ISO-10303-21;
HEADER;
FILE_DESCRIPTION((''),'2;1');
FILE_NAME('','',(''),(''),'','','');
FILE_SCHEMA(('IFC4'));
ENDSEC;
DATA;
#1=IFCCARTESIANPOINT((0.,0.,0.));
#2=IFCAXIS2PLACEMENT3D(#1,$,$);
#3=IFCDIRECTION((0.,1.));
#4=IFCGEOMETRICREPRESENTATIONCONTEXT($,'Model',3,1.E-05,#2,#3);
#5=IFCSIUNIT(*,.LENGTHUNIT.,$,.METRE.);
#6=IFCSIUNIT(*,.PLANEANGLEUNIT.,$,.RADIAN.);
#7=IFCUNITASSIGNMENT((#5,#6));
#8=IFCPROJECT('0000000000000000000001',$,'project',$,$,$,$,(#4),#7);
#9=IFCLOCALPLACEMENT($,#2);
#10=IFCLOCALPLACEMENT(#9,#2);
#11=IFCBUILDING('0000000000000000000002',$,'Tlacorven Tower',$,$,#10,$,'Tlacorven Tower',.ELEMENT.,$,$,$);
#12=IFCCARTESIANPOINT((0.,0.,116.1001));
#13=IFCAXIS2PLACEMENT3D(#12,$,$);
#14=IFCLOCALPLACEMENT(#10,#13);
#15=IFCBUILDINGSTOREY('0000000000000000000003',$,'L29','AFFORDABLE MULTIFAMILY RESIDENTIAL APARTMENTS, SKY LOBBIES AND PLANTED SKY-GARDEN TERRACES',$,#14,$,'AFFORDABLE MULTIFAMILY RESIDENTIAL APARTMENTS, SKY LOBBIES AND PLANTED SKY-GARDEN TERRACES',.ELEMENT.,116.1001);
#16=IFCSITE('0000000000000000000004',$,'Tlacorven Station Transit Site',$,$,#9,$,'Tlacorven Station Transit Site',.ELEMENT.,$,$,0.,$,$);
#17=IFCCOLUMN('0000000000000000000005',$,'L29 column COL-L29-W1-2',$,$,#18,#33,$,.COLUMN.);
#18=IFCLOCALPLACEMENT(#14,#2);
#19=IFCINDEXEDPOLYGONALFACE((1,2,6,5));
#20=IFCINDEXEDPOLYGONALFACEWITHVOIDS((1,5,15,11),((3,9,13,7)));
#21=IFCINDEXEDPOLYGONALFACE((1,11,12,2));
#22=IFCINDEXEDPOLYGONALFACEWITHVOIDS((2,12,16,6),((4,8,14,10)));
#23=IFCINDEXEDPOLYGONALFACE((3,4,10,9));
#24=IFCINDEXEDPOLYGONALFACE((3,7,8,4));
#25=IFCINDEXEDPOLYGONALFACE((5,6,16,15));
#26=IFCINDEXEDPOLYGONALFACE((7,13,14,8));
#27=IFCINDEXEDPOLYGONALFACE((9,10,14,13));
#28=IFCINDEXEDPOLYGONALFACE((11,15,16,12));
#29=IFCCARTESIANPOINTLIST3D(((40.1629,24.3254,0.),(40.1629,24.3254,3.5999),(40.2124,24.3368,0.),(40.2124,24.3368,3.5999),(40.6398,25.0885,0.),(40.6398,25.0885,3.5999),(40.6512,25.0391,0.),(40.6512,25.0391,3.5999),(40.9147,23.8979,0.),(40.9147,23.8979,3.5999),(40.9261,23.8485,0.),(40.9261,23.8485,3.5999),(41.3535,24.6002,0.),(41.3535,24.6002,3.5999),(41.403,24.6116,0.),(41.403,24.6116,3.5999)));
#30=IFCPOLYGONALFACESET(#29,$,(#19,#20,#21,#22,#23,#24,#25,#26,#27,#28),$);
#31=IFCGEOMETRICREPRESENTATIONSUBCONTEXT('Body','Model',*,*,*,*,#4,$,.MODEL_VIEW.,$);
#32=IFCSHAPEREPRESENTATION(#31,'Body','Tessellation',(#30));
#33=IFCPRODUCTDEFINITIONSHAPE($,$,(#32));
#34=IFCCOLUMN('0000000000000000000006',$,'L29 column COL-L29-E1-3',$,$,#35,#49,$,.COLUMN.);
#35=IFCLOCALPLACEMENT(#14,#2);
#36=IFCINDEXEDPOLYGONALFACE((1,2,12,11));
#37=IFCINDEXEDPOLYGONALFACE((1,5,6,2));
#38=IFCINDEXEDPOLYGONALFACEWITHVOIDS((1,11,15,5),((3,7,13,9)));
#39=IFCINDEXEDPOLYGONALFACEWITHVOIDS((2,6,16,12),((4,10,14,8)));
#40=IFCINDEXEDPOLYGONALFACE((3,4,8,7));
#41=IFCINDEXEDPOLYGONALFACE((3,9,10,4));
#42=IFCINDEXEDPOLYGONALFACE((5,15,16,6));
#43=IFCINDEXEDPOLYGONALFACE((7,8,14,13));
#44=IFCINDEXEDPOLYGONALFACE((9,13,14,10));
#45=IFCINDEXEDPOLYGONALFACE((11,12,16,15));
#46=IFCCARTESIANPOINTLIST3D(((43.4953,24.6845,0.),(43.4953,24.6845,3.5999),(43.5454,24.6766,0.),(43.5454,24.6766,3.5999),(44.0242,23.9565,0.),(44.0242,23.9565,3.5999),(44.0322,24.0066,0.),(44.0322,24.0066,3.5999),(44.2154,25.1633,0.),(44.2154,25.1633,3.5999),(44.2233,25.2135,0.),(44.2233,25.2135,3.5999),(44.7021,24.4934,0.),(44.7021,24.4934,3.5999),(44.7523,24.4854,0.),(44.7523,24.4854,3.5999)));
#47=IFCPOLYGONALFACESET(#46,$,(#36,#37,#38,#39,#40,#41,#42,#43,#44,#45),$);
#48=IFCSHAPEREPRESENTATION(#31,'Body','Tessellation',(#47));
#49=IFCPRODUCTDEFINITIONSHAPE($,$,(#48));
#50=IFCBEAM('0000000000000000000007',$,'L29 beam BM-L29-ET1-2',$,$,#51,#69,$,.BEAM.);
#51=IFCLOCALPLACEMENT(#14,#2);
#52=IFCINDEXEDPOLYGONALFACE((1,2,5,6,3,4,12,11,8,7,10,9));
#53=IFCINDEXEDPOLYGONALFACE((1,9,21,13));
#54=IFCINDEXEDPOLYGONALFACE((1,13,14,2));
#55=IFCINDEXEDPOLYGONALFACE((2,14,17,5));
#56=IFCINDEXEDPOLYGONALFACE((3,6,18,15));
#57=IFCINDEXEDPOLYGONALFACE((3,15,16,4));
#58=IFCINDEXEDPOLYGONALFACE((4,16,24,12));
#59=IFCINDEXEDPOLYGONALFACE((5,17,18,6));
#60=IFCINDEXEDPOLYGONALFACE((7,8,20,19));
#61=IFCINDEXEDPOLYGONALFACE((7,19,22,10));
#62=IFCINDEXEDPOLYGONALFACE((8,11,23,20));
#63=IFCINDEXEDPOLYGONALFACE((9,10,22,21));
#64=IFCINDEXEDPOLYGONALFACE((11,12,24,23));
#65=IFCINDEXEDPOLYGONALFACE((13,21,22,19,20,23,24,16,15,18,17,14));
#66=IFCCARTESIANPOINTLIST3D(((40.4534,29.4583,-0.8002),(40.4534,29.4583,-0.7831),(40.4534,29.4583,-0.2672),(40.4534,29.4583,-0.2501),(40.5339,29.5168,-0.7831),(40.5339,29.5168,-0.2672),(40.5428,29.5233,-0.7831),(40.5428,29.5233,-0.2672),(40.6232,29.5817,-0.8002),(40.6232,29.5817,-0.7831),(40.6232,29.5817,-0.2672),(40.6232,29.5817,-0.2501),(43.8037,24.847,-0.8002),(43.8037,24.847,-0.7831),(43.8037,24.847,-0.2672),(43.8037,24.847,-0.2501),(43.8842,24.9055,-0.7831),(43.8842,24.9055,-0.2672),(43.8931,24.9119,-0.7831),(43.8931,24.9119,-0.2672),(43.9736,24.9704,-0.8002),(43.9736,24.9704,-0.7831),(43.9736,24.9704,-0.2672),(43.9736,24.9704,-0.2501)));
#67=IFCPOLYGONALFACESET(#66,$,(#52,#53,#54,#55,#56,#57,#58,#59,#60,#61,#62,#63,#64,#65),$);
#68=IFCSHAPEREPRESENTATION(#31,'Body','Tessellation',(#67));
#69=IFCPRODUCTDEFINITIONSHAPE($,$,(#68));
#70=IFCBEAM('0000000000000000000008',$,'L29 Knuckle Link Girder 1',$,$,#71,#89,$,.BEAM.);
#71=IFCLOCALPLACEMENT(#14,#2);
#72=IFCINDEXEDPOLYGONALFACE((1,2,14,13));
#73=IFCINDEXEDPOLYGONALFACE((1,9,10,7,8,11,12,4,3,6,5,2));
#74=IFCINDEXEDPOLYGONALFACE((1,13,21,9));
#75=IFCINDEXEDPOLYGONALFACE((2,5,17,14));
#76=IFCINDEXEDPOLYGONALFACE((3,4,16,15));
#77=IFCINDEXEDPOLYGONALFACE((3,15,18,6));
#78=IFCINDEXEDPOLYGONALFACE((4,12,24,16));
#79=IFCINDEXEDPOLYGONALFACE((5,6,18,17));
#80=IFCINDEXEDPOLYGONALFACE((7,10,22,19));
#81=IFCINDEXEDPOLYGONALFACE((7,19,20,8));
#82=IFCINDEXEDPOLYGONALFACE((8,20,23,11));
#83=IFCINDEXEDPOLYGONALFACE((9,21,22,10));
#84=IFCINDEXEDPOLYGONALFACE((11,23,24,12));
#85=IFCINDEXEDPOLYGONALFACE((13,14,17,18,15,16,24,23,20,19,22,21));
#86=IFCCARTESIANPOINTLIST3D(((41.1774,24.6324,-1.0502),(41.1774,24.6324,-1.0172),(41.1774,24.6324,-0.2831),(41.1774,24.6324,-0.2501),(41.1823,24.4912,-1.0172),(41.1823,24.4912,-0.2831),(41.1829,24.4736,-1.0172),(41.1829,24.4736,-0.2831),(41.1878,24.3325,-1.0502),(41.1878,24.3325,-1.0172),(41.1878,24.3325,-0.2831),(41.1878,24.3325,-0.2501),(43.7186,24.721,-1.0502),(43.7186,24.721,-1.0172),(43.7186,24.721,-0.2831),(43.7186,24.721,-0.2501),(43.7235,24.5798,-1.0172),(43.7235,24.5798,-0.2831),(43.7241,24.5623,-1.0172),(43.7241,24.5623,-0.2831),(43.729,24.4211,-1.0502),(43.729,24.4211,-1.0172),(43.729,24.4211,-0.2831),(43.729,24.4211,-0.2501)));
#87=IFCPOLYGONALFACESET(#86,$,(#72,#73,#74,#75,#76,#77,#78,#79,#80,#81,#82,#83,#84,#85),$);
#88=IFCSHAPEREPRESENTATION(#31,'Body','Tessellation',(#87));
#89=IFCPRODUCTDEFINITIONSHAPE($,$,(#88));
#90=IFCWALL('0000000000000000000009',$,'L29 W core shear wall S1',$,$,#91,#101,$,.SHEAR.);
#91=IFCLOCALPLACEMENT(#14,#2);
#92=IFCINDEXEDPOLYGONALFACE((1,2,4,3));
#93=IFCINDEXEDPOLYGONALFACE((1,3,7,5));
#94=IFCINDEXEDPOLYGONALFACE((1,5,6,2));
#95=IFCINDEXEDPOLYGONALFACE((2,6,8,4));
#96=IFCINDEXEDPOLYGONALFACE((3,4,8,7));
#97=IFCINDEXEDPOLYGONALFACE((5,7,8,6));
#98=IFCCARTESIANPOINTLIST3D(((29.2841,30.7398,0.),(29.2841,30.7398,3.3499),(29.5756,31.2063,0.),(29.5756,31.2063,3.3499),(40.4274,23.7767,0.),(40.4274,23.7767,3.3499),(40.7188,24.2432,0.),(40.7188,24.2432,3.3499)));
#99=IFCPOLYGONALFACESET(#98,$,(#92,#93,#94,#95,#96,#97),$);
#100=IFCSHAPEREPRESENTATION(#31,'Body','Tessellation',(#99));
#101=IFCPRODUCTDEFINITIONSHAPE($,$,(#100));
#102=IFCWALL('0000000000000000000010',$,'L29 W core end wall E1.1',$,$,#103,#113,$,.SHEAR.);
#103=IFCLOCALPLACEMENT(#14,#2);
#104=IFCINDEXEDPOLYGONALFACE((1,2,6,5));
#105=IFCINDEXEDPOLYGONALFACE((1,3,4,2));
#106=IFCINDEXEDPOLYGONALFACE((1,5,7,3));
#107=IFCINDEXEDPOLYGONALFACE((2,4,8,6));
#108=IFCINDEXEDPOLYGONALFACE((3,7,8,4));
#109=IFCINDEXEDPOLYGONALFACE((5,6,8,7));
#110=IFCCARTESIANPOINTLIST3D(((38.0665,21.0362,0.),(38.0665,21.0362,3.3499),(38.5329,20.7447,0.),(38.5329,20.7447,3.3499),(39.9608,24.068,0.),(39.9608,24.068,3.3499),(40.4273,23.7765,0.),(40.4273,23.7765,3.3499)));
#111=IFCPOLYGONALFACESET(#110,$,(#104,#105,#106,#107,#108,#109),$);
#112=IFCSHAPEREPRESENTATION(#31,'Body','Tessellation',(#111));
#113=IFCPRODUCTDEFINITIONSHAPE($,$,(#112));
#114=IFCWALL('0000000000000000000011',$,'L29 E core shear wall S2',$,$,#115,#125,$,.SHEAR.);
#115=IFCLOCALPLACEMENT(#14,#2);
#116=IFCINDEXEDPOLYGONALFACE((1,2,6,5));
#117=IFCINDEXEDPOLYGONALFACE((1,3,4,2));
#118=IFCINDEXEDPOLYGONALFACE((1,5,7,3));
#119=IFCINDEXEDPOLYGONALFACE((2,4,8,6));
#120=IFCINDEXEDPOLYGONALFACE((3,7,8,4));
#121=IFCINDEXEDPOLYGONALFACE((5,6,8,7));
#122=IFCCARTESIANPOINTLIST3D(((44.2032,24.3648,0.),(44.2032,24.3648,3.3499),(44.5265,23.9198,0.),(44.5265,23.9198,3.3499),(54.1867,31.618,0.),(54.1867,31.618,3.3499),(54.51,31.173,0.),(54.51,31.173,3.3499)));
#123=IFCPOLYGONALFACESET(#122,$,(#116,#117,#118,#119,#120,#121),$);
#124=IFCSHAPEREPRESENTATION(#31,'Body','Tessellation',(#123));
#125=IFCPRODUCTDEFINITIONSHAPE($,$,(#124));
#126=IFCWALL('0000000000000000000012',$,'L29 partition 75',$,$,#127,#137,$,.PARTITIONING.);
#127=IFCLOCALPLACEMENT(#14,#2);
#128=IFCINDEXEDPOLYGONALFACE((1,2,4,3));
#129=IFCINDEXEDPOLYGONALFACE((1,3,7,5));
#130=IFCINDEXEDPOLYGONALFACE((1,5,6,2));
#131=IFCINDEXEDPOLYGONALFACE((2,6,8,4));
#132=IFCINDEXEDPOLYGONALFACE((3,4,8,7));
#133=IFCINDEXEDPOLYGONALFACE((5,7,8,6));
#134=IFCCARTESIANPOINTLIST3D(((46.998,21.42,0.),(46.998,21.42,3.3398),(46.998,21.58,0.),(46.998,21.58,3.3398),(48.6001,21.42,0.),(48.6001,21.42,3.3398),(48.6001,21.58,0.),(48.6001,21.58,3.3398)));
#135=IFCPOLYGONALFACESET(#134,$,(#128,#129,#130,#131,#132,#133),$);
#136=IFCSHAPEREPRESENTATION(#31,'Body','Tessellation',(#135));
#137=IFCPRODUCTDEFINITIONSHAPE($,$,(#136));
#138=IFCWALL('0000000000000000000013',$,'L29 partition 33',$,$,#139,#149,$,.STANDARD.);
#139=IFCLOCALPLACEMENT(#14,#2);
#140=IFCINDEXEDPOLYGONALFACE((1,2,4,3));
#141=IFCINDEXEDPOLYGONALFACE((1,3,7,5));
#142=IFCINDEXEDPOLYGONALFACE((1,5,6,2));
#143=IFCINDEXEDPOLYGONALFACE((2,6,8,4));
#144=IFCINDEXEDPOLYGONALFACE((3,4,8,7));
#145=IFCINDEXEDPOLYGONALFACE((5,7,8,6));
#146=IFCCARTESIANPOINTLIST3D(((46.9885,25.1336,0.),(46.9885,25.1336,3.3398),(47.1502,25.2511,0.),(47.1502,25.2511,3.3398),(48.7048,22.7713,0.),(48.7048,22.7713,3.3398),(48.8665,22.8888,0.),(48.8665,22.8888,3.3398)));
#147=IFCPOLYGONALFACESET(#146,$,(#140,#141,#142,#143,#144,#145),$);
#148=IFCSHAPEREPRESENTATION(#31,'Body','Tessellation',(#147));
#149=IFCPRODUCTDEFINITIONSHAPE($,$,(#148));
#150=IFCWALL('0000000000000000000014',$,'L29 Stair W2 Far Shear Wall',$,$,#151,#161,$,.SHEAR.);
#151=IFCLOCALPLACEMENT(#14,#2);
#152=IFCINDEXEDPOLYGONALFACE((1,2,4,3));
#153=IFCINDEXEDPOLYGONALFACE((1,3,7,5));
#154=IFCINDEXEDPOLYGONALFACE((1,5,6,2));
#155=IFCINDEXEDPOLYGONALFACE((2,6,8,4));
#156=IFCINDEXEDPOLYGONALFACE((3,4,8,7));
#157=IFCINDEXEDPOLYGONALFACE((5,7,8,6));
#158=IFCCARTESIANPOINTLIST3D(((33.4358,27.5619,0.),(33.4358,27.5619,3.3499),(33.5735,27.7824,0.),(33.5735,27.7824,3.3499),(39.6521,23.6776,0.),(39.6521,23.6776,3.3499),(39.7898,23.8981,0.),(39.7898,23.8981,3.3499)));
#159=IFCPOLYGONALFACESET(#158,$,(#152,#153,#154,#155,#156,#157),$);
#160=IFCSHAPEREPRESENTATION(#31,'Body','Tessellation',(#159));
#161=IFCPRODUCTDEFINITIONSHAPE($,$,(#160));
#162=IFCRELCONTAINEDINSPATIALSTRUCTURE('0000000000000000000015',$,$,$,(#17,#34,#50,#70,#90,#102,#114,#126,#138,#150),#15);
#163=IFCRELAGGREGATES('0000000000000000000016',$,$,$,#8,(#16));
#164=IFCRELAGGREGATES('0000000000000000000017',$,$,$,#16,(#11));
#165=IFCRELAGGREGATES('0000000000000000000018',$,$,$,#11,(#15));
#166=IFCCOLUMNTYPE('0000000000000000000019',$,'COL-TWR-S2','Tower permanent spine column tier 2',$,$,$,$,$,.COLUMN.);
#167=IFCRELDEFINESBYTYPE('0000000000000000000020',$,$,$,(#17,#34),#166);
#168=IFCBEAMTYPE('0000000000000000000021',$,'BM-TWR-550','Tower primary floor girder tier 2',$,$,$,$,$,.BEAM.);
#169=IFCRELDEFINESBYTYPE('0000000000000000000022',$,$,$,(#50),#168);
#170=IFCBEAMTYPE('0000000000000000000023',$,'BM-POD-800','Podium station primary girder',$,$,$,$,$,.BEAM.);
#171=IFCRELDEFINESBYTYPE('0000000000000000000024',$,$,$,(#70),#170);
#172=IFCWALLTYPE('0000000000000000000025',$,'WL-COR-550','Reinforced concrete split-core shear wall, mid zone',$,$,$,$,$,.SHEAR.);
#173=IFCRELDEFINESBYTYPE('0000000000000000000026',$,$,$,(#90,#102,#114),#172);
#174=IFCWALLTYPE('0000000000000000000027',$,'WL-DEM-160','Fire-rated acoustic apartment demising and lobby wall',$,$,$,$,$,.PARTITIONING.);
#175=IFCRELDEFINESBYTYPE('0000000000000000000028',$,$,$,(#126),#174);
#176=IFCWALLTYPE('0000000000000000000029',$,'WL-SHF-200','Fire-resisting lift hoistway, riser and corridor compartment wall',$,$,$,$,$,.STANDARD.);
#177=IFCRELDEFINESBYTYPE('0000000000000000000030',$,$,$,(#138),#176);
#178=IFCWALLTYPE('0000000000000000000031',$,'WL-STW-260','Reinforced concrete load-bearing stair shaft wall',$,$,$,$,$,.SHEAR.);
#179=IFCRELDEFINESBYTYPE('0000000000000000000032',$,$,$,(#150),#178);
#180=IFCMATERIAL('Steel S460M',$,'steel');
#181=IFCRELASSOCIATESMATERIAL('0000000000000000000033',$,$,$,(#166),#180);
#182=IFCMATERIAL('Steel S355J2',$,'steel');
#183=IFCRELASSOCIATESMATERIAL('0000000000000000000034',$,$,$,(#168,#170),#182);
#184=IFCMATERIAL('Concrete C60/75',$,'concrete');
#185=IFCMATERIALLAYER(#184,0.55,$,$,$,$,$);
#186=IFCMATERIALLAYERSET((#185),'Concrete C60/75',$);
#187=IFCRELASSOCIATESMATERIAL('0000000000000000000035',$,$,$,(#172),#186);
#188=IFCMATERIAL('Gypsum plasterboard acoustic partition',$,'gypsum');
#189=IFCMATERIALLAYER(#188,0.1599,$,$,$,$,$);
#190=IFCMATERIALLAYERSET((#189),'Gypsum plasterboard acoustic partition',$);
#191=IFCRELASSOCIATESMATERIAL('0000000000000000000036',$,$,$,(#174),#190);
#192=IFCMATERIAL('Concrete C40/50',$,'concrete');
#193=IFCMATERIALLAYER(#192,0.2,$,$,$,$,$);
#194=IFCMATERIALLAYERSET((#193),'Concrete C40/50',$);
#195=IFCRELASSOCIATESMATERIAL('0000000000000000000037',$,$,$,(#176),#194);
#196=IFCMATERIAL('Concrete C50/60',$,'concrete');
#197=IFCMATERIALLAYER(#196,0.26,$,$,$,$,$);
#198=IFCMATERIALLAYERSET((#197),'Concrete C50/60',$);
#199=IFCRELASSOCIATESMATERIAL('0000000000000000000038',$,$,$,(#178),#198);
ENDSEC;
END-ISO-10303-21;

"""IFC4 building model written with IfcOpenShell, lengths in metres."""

from ifc_helpers import new_model, si_unit, direction, frame, frame_2d, origin, origin_2d, place, context, subcontext, project, spatial, rectangle, hollow_rectangle, i_section, extrude, source, transform, mapped, material, layer, layer_set, material_profile, profile_set, type_object, element, save


model = new_model("IFC4")

# Units and contexts
model_context = context("Model", 3, precision=1e-05, world=origin(), true_north=direction((0.0, 1.0)))
body_context = subcontext(model_context, "Body", "Model", "MODEL_VIEW")
ifc_project = project(units=[si_unit("LENGTHUNIT", "METRE"), si_unit("PLANEANGLEUNIT", "RADIAN")], contexts=[model_context])

# Site, building, storey
site_placement = place(None, origin())
site = spatial("IfcSite", under=ifc_project, at=site_placement, Name="Tlacorven Station Transit Site", LongName="Tlacorven Station Transit Site", CompositionType="ELEMENT", RefElevation=0.0)
building_placement = place(site_placement, origin())
building = spatial("IfcBuilding", under=site, at=building_placement, Name="Tlacorven Tower", LongName="Tlacorven Tower", CompositionType="ELEMENT")
storey_placement = place(building_placement, frame((0.0, 0.0, 116.1001)))
storey = spatial("IfcBuildingStorey", under=building, at=storey_placement, Name="L29", Description="AFFORDABLE MULTIFAMILY RESIDENTIAL APARTMENTS, SKY LOBBIES AND PLANTED SKY-GARDEN TERRACES", LongName="AFFORDABLE MULTIFAMILY RESIDENTIAL APARTMENTS, SKY LOBBIES AND PLANTED SKY-GARDEN TERRACES", CompositionType="ELEMENT", Elevation=116.1001)

# Columns
ifc_material_1 = material(Name="Steel S460M", Category="steel")
ifc_material_profile_1 = material_profile(ifc_material_1, hollow_rectangle(XDim=0.8999, YDim=0.8999, WallThickness=0.0359, at=origin_2d()), Name="BOX 900X900X36")
ifc_profile_set_1 = profile_set([ifc_material_profile_1], Name="Steel S460M")
column_type = type_object("IfcColumnType", Name="COL-TWR-S2", Description="Tower permanent spine column tier 2", PredefinedType="COLUMN", material=ifc_profile_set_1)
shared_shape_1 = source(origin(), body_context, "Body", "SweptSolid", [
    extrude(hollow_rectangle(XDim=0.8999, YDim=0.8999, WallThickness=0.0359, at=origin_2d()), origin(), (0.0, 0.0, 1.0), 3.5999),
])
for number, where, z_axis, x_axis, name in (
    (1, (40.783, 24.4685, 0.0), (0.0, 0.0, 1.0), (-0.848048, 0.529919, 0.0), "L29 column COL-L29-W1-2"),
    (2, (44.1238, 24.585, 0.0), (0.0, 0.0, 1.0), (0.809017, 0.587785, 0.0), "L29 column COL-L29-E1-3"),
):
    element("IfcColumn", number, at=place(storey_placement, frame(where, z_axis=z_axis, x_axis=x_axis)), inside=storey, type_object=column_type, Name=name, PredefinedType="COLUMN", context=body_context, shape_type="MappedRepresentation", body=[
        mapped(shared_shape_1, transform((0.0, 0.0, 0.0), scale=1.0)),
    ])

# Beams
ifc_material_2 = material(Name="Steel S355J2", Category="steel")
ifc_material_profile_2 = material_profile(ifc_material_2, i_section(OverallWidth=0.21, OverallDepth=0.55, WebThickness=0.011, FlangeThickness=0.0171, at=origin_2d()), Name="IPE 550")
ifc_profile_set_2 = profile_set([ifc_material_profile_2], Name="Steel S355J2")
beam_type_1 = type_object("IfcBeamType", Name="BM-TWR-550", Description="Tower primary floor girder tier 2", PredefinedType="BEAM", material=ifc_profile_set_2)
shared_shape_2 = source(origin(), body_context, "Body", "SweptSolid", [
    extrude(i_section(OverallWidth=0.21, OverallDepth=0.55, WebThickness=0.011, FlangeThickness=0.0171, at=origin_2d()), origin(), (0.0, 0.0, 1.0), 5.7),
])
beam_1_placement = place(storey_placement, frame((43.8887, 24.9087, -0.5251), z_axis=(-0.587787, 0.809016, 0.0), x_axis=(-0.809016, -0.587787, 0.0)))
element("IfcBeam", 3, at=beam_1_placement, inside=storey, type_object=beam_type_1, Name="L29 beam BM-L29-ET1-2", PredefinedType="BEAM", context=body_context, shape_type="MappedRepresentation", body=[
    mapped(shared_shape_2, transform((0.0, 0.0, 0.0), scale=1.0)),
])
ifc_material_profile_3 = material_profile(ifc_material_2, i_section(OverallWidth=0.3, OverallDepth=0.8, WebThickness=0.0176, FlangeThickness=0.033, at=origin_2d()), Name="HEB 800")
ifc_profile_set_3 = profile_set([ifc_material_profile_3], Name="Steel S355J2")
beam_type_2 = type_object("IfcBeamType", Name="BM-POD-800", Description="Podium station primary girder", PredefinedType="BEAM", material=ifc_profile_set_3)
shared_shape_3 = source(origin(), body_context, "Body", "SweptSolid", [
    extrude(i_section(OverallWidth=0.3, OverallDepth=0.8, WebThickness=0.0176, FlangeThickness=0.033, at=origin_2d()), origin(), (0.0, 0.0, 1.0), 2.5427),
])
beam_2_placement = place(storey_placement, frame((41.1826, 24.4824, -0.6501), z_axis=(0.999392, 0.034852, 0.0), x_axis=(-0.034852, 0.999392, 0.0)))
element("IfcBeam", 4, at=beam_2_placement, inside=storey, type_object=beam_type_2, Name="L29 Knuckle Link Girder 1", PredefinedType="BEAM", context=body_context, shape_type="MappedRepresentation", body=[
    mapped(shared_shape_3, transform((0.0, 0.0, 0.0), scale=1.0)),
])

# Walls
ifc_material_3 = material(Name="Concrete C60/75", Category="concrete")
ifc_layer_1 = layer(ifc_material_3, 0.55)
ifc_layer_set_1 = layer_set([ifc_layer_1], Name="Concrete C60/75")
wall_type_1 = type_object("IfcWallType", Name="WL-COR-550", Description="Reinforced concrete split-core shear wall, mid zone", PredefinedType="SHEAR", material=ifc_layer_set_1)
wall_1_placement = place(storey_placement, frame((40.573, 24.01, 0.0), z_axis=(0.0, 0.0, 1.0), x_axis=(-0.848047, 0.52992, 0.0)))
element("IfcWall", 5, at=wall_1_placement, inside=storey, type_object=wall_type_1, Name="L29 W core shear wall S1", PredefinedType="SHEAR", context=body_context, shape_type="SweptSolid", body=[
    extrude(rectangle(XDim=13.1399, YDim=0.55, at=frame_2d((6.5698, 0.0))), origin(), (0.0, 0.0, 1.0), 3.3499),
])
wall_2_placement = place(storey_placement, frame((40.1941, 23.9224, 0.0), z_axis=(0.0, 0.0, 1.0), x_axis=(-0.529888, -0.848067, 0.0)))
element("IfcWall", 6, at=wall_2_placement, inside=storey, type_object=wall_type_1, Name="L29 W core end wall E1.1", PredefinedType="SHEAR", context=body_context, shape_type="SweptSolid", body=[
    extrude(rectangle(XDim=3.575, YDim=0.55, at=frame_2d((1.7876, 0.0))), origin(), (0.0, 0.0, 1.0), 3.3499),
])
wall_3_placement = place(storey_placement, frame((44.365, 24.1423, 0.0), z_axis=(0.0, 0.0, 1.0), x_axis=(0.809024, 0.587775, 0.0)))
element("IfcWall", 7, at=wall_3_placement, inside=storey, type_object=wall_type_1, Name="L29 E core shear wall S2", PredefinedType="SHEAR", context=body_context, shape_type="SweptSolid", body=[
    extrude(rectangle(XDim=12.3401, YDim=0.55, at=frame_2d((6.1699, 0.0))), origin(), (0.0, 0.0, 1.0), 3.3499),
])
ifc_material_4 = material(Name="Gypsum plasterboard acoustic partition", Category="gypsum")
ifc_layer_2 = layer(ifc_material_4, 0.1599)
ifc_layer_set_2 = layer_set([ifc_layer_2], Name="Gypsum plasterboard acoustic partition")
wall_type_2 = type_object("IfcWallType", Name="WL-DEM-160", Description="Fire-rated acoustic apartment demising and lobby wall", PredefinedType="PARTITIONING", material=ifc_layer_set_2)
wall_4_placement = place(storey_placement, frame((46.998, 21.5, 0.0), z_axis=(0.0, 0.0, 1.0), x_axis=(1.0, 0.0, 0.0)))
element("IfcWall", 8, at=wall_4_placement, inside=storey, type_object=wall_type_2, Name="L29 partition 75", PredefinedType="PARTITIONING", context=body_context, shape_type="SweptSolid", body=[
    extrude(rectangle(XDim=1.6021, YDim=0.1599, at=frame_2d((0.801, 0.0))), origin(), (0.0, 0.0, 1.0), 3.3398),
])
ifc_material_5 = material(Name="Concrete C40/50", Category="concrete")
ifc_layer_3 = layer(ifc_material_5, 0.2)
ifc_layer_set_3 = layer_set([ifc_layer_3], Name="Concrete C40/50")
wall_type_3 = type_object("IfcWallType", Name="WL-SHF-200", Description="Fire-resisting lift hoistway, riser and corridor compartment wall", PredefinedType="STANDARD", material=ifc_layer_set_3)
wall_5_placement = place(storey_placement, frame((48.7856, 22.8301, 0.0), z_axis=(0.0, 0.0, 1.0), x_axis=(-0.587784, 0.809018, 0.0)))
element("IfcWall", 9, at=wall_5_placement, inside=storey, type_object=wall_type_3, Name="L29 partition 33", PredefinedType="STANDARD", context=body_context, shape_type="SweptSolid", body=[
    extrude(rectangle(XDim=2.9199, YDim=0.2, at=frame_2d((1.46, 0.0))), origin(), (0.0, 0.0, 1.0), 3.3398),
])
ifc_material_6 = material(Name="Concrete C50/60", Category="concrete")
ifc_layer_4 = layer(ifc_material_6, 0.26)
ifc_layer_set_4 = layer_set([ifc_layer_4], Name="Concrete C50/60")
wall_type_4 = type_object("IfcWallType", Name="WL-STW-260", Description="Reinforced concrete load-bearing stair shaft wall", PredefinedType="SHEAR", material=ifc_layer_set_4)
wall_6_placement = place(storey_placement, frame((39.7209, 23.7878, 0.0), z_axis=(0.0, 0.0, 1.0), x_axis=(-0.848054, 0.529909, 0.0)))
element("IfcWall", 10, at=wall_6_placement, inside=storey, type_object=wall_type_4, Name="L29 Stair W2 Far Shear Wall", PredefinedType="SHEAR", context=body_context, shape_type="SweptSolid", body=[
    extrude(rectangle(XDim=7.3301, YDim=0.26, at=frame_2d((3.665, 0.0))), origin(), (0.0, 0.0, 1.0), 3.3499),
])

save(model, "model.ifc")
